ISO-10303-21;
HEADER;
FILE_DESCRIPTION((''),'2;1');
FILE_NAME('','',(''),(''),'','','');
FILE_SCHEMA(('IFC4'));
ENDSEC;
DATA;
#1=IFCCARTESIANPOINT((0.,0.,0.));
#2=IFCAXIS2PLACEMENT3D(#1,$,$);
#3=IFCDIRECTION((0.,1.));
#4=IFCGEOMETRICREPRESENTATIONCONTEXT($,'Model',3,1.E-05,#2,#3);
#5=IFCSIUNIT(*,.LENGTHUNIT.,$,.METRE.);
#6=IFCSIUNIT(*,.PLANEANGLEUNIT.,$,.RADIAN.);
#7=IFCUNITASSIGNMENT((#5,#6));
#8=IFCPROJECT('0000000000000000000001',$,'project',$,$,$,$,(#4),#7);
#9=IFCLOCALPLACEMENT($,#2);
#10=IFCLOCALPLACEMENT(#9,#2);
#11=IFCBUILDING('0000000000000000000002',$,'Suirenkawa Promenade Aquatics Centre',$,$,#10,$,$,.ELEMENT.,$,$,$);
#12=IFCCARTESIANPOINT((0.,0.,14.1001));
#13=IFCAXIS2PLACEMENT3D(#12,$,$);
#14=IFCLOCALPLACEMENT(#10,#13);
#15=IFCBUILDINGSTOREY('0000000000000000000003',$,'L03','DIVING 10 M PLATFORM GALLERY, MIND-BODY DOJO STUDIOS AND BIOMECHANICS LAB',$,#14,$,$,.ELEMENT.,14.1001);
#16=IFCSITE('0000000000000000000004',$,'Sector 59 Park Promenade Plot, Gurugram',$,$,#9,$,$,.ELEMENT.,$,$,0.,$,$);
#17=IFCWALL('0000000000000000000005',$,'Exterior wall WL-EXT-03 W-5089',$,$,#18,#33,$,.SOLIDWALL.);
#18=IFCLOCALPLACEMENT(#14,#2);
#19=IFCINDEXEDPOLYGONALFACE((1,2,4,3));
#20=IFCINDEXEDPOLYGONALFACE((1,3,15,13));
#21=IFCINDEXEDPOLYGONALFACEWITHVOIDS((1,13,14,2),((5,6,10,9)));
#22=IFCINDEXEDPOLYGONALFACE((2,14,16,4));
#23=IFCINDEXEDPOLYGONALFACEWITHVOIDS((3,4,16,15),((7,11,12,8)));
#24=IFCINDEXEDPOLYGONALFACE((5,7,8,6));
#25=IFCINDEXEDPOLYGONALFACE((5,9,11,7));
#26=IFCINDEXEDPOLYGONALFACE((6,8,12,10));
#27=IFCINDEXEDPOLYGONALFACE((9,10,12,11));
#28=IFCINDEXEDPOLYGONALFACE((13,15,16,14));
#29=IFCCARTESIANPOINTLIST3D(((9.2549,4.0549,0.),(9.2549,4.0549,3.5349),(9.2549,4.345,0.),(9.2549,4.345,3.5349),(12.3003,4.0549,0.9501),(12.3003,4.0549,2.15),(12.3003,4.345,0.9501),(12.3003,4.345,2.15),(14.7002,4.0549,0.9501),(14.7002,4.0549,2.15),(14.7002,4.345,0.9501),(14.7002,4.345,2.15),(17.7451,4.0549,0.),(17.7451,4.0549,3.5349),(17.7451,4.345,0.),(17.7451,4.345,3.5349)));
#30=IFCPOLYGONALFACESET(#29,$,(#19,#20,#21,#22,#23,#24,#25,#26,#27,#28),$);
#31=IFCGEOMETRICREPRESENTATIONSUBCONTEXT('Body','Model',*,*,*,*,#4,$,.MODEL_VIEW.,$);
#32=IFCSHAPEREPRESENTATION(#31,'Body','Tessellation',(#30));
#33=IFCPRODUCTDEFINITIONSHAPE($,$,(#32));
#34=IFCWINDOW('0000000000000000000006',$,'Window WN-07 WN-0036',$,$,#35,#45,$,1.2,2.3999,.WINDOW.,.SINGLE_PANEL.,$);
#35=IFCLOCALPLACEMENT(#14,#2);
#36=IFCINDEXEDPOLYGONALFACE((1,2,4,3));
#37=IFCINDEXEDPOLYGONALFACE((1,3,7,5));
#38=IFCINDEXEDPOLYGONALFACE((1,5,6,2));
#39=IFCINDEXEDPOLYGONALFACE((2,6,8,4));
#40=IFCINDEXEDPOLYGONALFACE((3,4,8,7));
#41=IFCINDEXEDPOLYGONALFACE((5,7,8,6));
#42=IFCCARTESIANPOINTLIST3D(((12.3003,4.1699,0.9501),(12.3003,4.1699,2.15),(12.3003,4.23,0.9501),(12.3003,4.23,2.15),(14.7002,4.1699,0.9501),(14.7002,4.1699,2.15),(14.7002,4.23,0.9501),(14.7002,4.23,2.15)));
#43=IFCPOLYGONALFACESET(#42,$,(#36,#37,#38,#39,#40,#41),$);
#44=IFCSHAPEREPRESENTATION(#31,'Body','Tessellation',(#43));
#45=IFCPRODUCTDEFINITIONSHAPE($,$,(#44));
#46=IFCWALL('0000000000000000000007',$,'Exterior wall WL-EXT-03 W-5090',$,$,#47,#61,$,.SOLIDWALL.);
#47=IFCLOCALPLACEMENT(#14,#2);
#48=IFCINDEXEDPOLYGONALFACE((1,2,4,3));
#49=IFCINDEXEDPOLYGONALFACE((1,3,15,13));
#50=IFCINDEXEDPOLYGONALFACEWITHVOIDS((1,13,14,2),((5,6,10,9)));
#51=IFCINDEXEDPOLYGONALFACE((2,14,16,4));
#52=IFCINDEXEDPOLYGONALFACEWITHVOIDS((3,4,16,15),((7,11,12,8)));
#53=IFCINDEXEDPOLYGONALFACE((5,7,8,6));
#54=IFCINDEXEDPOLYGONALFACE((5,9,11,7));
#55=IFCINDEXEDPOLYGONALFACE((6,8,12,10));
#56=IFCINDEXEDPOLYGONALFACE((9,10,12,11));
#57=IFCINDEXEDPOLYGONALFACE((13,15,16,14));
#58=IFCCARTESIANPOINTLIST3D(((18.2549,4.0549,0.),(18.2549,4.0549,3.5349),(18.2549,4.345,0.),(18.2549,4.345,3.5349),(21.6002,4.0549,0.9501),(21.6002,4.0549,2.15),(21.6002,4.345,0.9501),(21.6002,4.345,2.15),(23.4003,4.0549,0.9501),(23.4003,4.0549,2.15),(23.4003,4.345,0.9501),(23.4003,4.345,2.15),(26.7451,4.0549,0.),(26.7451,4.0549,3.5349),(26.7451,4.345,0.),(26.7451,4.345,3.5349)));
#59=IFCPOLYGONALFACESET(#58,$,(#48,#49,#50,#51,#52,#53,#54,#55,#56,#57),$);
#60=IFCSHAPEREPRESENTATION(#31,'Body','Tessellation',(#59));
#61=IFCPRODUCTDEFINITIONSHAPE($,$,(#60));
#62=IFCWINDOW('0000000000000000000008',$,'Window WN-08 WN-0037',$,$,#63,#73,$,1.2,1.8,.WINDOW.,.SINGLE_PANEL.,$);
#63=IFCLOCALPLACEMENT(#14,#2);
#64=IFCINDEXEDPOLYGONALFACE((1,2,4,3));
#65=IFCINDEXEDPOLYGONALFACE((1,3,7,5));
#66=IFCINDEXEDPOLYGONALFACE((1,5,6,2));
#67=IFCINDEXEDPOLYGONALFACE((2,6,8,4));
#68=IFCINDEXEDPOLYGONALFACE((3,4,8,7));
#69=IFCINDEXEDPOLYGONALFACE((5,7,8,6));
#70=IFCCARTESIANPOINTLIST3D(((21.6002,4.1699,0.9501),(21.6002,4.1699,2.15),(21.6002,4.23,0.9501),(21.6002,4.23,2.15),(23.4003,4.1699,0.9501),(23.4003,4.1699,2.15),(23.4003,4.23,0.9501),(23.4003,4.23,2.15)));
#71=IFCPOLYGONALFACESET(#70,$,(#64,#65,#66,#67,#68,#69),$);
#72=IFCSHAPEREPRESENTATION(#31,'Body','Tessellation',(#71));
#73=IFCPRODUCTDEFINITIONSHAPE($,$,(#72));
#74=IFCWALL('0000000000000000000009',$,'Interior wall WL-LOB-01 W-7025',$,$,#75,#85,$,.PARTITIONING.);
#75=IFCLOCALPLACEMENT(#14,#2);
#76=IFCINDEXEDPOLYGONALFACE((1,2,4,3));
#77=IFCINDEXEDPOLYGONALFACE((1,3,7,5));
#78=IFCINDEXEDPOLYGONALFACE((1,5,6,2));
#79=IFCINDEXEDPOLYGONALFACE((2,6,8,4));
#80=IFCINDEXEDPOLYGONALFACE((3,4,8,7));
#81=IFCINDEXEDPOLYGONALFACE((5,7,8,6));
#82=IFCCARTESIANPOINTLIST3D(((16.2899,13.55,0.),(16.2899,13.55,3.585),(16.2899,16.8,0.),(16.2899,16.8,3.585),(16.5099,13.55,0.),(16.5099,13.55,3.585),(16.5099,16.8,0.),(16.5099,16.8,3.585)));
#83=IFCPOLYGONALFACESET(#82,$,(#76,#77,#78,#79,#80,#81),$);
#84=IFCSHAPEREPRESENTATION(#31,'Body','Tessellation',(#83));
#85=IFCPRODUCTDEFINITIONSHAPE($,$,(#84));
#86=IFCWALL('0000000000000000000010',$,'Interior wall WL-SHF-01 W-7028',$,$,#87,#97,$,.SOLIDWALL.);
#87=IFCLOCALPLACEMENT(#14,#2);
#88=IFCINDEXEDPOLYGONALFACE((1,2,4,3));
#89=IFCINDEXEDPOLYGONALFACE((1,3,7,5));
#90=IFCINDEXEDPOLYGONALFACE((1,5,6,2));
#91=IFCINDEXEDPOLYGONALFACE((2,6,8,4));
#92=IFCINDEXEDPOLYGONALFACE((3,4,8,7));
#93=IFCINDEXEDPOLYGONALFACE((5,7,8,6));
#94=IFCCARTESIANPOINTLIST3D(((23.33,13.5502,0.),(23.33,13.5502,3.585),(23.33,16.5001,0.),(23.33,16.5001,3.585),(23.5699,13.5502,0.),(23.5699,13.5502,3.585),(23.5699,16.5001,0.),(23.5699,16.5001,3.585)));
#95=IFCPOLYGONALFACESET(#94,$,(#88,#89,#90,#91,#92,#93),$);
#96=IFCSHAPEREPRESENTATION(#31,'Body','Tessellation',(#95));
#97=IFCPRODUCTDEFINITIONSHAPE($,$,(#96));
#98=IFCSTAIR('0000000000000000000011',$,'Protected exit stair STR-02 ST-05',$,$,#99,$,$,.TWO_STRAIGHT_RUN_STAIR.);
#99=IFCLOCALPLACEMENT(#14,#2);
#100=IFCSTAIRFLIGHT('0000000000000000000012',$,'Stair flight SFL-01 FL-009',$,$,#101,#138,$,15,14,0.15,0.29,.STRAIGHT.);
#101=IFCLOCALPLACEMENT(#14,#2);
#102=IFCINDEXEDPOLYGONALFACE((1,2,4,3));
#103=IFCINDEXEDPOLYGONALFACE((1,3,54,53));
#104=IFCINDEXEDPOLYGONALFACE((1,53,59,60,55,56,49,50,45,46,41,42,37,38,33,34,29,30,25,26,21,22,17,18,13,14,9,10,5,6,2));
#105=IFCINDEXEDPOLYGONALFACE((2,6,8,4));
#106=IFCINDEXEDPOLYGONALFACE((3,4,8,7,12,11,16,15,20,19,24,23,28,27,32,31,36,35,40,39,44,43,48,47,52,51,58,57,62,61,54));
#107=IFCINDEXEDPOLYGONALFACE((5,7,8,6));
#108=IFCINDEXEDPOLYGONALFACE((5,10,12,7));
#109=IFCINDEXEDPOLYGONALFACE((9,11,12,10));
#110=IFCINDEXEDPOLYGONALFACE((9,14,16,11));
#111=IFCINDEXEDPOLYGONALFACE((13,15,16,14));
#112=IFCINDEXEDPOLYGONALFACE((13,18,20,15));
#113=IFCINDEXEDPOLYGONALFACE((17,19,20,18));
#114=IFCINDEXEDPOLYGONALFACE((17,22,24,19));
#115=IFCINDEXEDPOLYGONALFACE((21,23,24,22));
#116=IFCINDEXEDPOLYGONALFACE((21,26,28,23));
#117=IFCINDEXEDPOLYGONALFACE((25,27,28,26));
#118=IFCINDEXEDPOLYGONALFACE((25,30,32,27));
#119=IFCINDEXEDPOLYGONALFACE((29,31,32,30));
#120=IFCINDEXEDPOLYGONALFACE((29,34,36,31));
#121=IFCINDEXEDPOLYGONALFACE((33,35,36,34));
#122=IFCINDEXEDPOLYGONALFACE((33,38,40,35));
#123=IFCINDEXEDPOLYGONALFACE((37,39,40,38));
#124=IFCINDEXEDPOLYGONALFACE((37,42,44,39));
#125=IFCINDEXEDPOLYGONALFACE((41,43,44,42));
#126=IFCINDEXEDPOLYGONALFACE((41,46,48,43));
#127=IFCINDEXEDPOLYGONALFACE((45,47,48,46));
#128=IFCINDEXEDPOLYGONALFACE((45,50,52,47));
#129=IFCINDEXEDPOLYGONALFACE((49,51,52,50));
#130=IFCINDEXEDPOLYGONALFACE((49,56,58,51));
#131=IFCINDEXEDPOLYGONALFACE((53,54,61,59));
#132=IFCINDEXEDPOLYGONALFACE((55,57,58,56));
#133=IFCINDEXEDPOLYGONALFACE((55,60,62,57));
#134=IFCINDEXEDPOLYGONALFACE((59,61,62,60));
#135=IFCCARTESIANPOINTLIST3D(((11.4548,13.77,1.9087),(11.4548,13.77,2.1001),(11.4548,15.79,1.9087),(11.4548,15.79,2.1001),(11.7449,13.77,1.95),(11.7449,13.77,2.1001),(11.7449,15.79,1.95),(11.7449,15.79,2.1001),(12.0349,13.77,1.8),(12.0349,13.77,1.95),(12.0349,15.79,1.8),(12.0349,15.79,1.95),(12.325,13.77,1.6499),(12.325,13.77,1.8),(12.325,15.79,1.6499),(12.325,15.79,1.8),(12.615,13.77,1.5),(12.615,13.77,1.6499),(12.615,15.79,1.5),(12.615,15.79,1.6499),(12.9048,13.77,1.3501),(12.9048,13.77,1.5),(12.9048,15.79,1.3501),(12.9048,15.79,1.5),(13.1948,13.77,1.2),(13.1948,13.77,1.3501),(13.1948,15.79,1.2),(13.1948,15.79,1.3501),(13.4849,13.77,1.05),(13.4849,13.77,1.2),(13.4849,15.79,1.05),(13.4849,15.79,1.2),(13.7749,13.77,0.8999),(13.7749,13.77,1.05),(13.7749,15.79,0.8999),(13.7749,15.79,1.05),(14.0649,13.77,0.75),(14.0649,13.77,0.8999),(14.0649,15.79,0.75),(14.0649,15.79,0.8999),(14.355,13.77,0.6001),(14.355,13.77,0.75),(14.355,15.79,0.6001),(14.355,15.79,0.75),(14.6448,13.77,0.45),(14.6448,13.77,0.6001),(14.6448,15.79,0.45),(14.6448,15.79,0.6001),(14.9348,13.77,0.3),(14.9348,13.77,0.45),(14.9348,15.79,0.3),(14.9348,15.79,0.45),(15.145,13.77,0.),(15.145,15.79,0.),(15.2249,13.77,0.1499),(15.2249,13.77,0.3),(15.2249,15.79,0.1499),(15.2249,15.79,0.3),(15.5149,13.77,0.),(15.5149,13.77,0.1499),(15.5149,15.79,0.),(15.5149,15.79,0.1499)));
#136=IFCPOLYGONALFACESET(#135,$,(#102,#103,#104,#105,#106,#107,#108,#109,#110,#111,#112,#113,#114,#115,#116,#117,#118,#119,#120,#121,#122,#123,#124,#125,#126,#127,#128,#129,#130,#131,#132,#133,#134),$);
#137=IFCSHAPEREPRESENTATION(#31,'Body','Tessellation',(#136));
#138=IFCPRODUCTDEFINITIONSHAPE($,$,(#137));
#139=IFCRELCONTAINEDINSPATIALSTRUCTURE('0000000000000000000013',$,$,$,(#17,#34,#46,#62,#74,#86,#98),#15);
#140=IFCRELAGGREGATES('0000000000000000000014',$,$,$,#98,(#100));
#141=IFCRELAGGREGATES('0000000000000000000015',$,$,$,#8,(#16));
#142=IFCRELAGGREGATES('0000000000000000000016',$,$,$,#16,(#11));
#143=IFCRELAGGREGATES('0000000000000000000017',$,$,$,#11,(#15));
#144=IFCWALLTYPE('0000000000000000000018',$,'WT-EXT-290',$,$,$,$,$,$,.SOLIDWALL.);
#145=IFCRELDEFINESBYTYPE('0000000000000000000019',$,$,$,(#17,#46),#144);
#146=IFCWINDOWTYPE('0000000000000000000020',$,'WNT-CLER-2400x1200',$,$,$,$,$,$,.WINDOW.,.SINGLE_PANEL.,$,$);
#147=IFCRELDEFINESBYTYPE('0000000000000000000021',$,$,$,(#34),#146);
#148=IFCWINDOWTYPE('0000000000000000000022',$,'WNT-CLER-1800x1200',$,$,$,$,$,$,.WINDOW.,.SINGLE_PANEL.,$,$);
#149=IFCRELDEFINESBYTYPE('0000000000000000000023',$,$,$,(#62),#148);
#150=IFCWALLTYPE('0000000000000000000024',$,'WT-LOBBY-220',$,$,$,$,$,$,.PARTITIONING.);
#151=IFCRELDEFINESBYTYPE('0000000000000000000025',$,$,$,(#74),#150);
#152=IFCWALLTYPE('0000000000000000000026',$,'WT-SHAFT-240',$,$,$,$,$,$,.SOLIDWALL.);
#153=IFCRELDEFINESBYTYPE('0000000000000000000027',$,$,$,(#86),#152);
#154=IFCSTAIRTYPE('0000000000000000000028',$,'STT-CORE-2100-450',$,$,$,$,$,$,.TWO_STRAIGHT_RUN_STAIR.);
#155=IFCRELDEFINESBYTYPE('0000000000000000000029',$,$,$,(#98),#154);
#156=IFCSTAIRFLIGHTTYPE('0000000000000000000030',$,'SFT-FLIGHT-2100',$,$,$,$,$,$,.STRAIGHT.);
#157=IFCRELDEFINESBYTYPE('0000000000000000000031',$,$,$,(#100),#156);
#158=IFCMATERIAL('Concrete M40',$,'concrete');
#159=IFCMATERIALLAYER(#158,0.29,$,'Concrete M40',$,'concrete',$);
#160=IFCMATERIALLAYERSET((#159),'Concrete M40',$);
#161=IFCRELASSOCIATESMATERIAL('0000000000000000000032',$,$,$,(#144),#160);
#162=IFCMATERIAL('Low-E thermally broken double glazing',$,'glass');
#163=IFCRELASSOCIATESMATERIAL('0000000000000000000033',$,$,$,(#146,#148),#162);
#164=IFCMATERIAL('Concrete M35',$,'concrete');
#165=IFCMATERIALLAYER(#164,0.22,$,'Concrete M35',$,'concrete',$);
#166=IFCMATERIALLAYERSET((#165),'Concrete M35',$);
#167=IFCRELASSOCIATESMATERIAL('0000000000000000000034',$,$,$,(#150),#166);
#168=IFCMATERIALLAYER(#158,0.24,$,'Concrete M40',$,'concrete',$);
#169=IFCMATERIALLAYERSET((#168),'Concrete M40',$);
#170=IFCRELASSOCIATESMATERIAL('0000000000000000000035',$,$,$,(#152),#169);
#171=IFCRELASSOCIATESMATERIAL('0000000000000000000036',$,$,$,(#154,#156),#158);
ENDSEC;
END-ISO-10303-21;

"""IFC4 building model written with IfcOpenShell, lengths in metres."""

from ifc_helpers import new_model, si_unit, direction, frame, frame_2d, origin, place, context, subcontext, project, spatial, polyline, rectangle, outline, extrude, material, layer, layer_set, type_object, element, fill, aggregate, save


model = new_model("IFC4")

# Units and contexts
model_context = context("Model", 3, precision=1e-05, world=origin(), true_north=direction((0.0, 1.0)))
body_context = subcontext(model_context, "Body", "Model", "MODEL_VIEW")
ifc_project = project(units=[si_unit("LENGTHUNIT", "METRE"), si_unit("PLANEANGLEUNIT", "RADIAN")], contexts=[model_context])

# Site, building, storey
site_placement = place(None, origin())
site = spatial("IfcSite", under=ifc_project, at=site_placement, Name="Sector 59 Park Promenade Plot, Gurugram", CompositionType="ELEMENT", RefElevation=0.0)
building_placement = place(site_placement, origin())
building = spatial("IfcBuilding", under=site, at=building_placement, Name="Suirenkawa Promenade Aquatics Centre", CompositionType="ELEMENT")
storey_placement = place(building_placement, frame((0.0, 0.0, 14.1001)))
storey = spatial("IfcBuildingStorey", under=building, at=storey_placement, Name="L03", Description="DIVING 10 M PLATFORM GALLERY, MIND-BODY DOJO STUDIOS AND BIOMECHANICS LAB", CompositionType="ELEMENT", Elevation=14.1001)

# Shared definitions
ifc_material_1 = material(Name="Concrete M40", Category="concrete")

# Shared definitions
ifc_material_2 = material(Name="Concrete M35", Category="concrete")

# Walls, openings, windows
ifc_layer_1 = layer(ifc_material_1, 0.29, Name="Concrete M40", Category="concrete")
ifc_layer_set_1 = layer_set([ifc_layer_1], Name="Concrete M40")
wall_type_1 = type_object("IfcWallType", Name="WT-EXT-290", PredefinedType="SOLIDWALL", material=ifc_layer_set_1)
wall_1_placement = place(storey_placement, frame((17.7451, 4.2, 0.0), z_axis=(0.0, 0.0, 1.0), x_axis=(-1.0, 0.0, 0.0)))
wall_1 = element("IfcWall", 1, at=wall_1_placement, inside=storey, type_object=wall_type_1, Name="Exterior wall WL-EXT-03 W-5089", PredefinedType="SOLIDWALL", context=body_context, shape_type="SweptSolid", body=[
    extrude(rectangle(XDim=8.4902, YDim=0.29, at=frame_2d((4.2451, 0.0))), origin(), (0.0, 0.0, 1.0), 3.5349),
])
opening_1_placement = place(wall_1_placement, frame((3.0449, 0.0, 0.95)))
opening_1 = element("IfcOpeningElement", 2, at=opening_1_placement, cuts=wall_1, PredefinedType="OPENING", context=body_context, shape_type="SweptSolid", body=[
    extrude(rectangle(XDim=2.3999, YDim=1.2, at=frame_2d((1.2, 0.6001))), frame((0.0, 0.155, 0.0), z_axis=(0.0, -1.0, 0.0), x_axis=(1.0, 0.0, 0.0)), (0.0, 0.0, 1.0), 0.3101),
])
ifc_material_3 = material(Name="Low-E thermally broken double glazing", Category="glass")
window_type_1 = type_object("IfcWindowType", Name="WNT-CLER-2400x1200", PartitioningType="SINGLE_PANEL", PredefinedType="WINDOW", material=ifc_material_3)
window_1_placement = place(opening_1_placement, origin())
window_1 = element("IfcWindow", 3, at=window_1_placement, inside=storey, type_object=window_type_1, Name="Window WN-07 WN-0036", OverallHeight=1.2, OverallWidth=2.3999, PartitioningType="SINGLE_PANEL", PredefinedType="WINDOW", context=body_context, shape_type="SweptSolid", body=[
    extrude(rectangle(XDim=2.3999, YDim=1.2, at=frame_2d((1.2, 0.6001))), frame((0.0, 0.03, 0.0), z_axis=(0.0, -1.0, 0.0), x_axis=(1.0, 0.0, 0.0)), (0.0, 0.0, 1.0), 0.0601),
])
fill(opening_1, window_1)
wall_2_placement = place(storey_placement, frame((26.7451, 4.2, 0.0), z_axis=(0.0, 0.0, 1.0), x_axis=(-1.0, 0.0, 0.0)))
wall_2 = element("IfcWall", 4, at=wall_2_placement, inside=storey, type_object=wall_type_1, Name="Exterior wall WL-EXT-03 W-5090", PredefinedType="SOLIDWALL", context=body_context, shape_type="SweptSolid", body=[
    extrude(rectangle(XDim=8.4902, YDim=0.29, at=frame_2d((4.2451, 0.0))), origin(), (0.0, 0.0, 1.0), 3.5349),
])
opening_2_placement = place(wall_2_placement, frame((3.345, 0.0, 0.95)))
opening_2 = element("IfcOpeningElement", 5, at=opening_2_placement, cuts=wall_2, PredefinedType="OPENING", context=body_context, shape_type="SweptSolid", body=[
    extrude(rectangle(XDim=1.8, YDim=1.2, at=frame_2d((0.8999, 0.6001))), frame((0.0, 0.155, 0.0), z_axis=(0.0, -1.0, 0.0), x_axis=(1.0, 0.0, 0.0)), (0.0, 0.0, 1.0), 0.3101),
])
window_type_2 = type_object("IfcWindowType", Name="WNT-CLER-1800x1200", PartitioningType="SINGLE_PANEL", PredefinedType="WINDOW", material=ifc_material_3)
window_2_placement = place(opening_2_placement, origin())
window_2 = element("IfcWindow", 6, at=window_2_placement, inside=storey, type_object=window_type_2, Name="Window WN-08 WN-0037", OverallHeight=1.2, OverallWidth=1.8, PartitioningType="SINGLE_PANEL", PredefinedType="WINDOW", context=body_context, shape_type="SweptSolid", body=[
    extrude(rectangle(XDim=1.8, YDim=1.2, at=frame_2d((0.8999, 0.6001))), frame((0.0, 0.03, 0.0), z_axis=(0.0, -1.0, 0.0), x_axis=(1.0, 0.0, 0.0)), (0.0, 0.0, 1.0), 0.0601),
])
fill(opening_2, window_2)

# Walls
ifc_layer_2 = layer(ifc_material_2, 0.22, Name="Concrete M35", Category="concrete")
ifc_layer_set_2 = layer_set([ifc_layer_2], Name="Concrete M35")
wall_type_2 = type_object("IfcWallType", Name="WT-LOBBY-220", PredefinedType="PARTITIONING", material=ifc_layer_set_2)
wall_3_placement = place(storey_placement, frame((16.3999, 13.55, 0.0), z_axis=(0.0, 0.0, 1.0), x_axis=(0.0, 1.0, 0.0)))
element("IfcWall", 7, at=wall_3_placement, inside=storey, type_object=wall_type_2, Name="Interior wall WL-LOB-01 W-7025", PredefinedType="PARTITIONING", context=body_context, shape_type="SweptSolid", body=[
    extrude(rectangle(XDim=3.25, YDim=0.22, at=frame_2d((1.625, 0.0))), origin(), (0.0, 0.0, 1.0), 3.585),
])
ifc_layer_3 = layer(ifc_material_1, 0.24, Name="Concrete M40", Category="concrete")
ifc_layer_set_3 = layer_set([ifc_layer_3], Name="Concrete M40")
wall_type_3 = type_object("IfcWallType", Name="WT-SHAFT-240", PredefinedType="SOLIDWALL", material=ifc_layer_set_3)
wall_4_placement = place(storey_placement, frame((23.45, 13.55, 0.0), z_axis=(0.0, 0.0, 1.0), x_axis=(0.0, 1.0, 0.0)))
element("IfcWall", 8, at=wall_4_placement, inside=storey, type_object=wall_type_3, Name="Interior wall WL-SHF-01 W-7028", PredefinedType="SOLIDWALL", context=body_context, shape_type="SweptSolid", body=[
    extrude(rectangle(XDim=2.95, YDim=0.24, at=frame_2d((1.4751, 0.0))), origin(), (0.0, 0.0, 1.0), 3.585),
])

# Stair, stair flight
stair_type = type_object("IfcStairType", Name="STT-CORE-2100-450", PredefinedType="TWO_STRAIGHT_RUN_STAIR", material=ifc_material_1)
stair_placement = place(storey_placement, origin())
stair = element("IfcStair", 9, at=stair_placement, inside=storey, type_object=stair_type, Name="Protected exit stair STR-02 ST-05", PredefinedType="TWO_STRAIGHT_RUN_STAIR")
stair_flight_type = type_object("IfcStairFlightType", Name="SFT-FLIGHT-2100", PredefinedType="STRAIGHT", material=ifc_material_1)
stair_flight_placement = place(storey_placement, frame((15.5149, 14.78, 0.0), z_axis=(0.0, 0.0, 1.0), x_axis=(-1.0, 0.0, 0.0)))
stair_flight = element("IfcStairFlight", 10, at=stair_flight_placement, type_object=stair_flight_type, Name="Stair flight SFL-01 FL-009", NumberOfRisers=15, NumberOfTreads=14, PredefinedType="STRAIGHT", RiserHeight=0.15, TreadLength=0.29, context=body_context, shape_type="SweptSolid", body=[
    extrude(outline(polyline([(0.0, 0.0), (0.0, 0.1499), (0.29, 0.1499), (0.29, 0.3), (0.5801, 0.3), (0.5801, 0.45), (0.8701, 0.45), (0.8701, 0.6001), (1.1599, 0.6001), (1.1599, 0.75), (1.45, 0.75), (1.45, 0.8999), (1.74, 0.8999), (1.74, 1.05), (2.03, 1.05), (2.03, 1.2), (2.3201, 1.2), (2.3201, 1.3501), (2.6101, 1.3501), (2.6101, 1.5), (2.8999, 1.5), (2.8999, 1.6499), (3.1899, 1.6499), (3.1899, 1.8), (3.48, 1.8), (3.48, 1.95), (3.77, 1.95), (3.77, 2.1001), (4.0601, 2.1001), (4.0601, 2.25), (4.0601, 1.9087), (0.3699, 0.0), (0.0, 0.0)])), frame((0.0, 1.01, 0.0), z_axis=(0.0, -1.0, 0.0), x_axis=(1.0, 0.0, 0.0)), (0.0, 0.0, 1.0), 2.02),
])
aggregate(stair, [stair_flight])

save(model, "model.ifc")
